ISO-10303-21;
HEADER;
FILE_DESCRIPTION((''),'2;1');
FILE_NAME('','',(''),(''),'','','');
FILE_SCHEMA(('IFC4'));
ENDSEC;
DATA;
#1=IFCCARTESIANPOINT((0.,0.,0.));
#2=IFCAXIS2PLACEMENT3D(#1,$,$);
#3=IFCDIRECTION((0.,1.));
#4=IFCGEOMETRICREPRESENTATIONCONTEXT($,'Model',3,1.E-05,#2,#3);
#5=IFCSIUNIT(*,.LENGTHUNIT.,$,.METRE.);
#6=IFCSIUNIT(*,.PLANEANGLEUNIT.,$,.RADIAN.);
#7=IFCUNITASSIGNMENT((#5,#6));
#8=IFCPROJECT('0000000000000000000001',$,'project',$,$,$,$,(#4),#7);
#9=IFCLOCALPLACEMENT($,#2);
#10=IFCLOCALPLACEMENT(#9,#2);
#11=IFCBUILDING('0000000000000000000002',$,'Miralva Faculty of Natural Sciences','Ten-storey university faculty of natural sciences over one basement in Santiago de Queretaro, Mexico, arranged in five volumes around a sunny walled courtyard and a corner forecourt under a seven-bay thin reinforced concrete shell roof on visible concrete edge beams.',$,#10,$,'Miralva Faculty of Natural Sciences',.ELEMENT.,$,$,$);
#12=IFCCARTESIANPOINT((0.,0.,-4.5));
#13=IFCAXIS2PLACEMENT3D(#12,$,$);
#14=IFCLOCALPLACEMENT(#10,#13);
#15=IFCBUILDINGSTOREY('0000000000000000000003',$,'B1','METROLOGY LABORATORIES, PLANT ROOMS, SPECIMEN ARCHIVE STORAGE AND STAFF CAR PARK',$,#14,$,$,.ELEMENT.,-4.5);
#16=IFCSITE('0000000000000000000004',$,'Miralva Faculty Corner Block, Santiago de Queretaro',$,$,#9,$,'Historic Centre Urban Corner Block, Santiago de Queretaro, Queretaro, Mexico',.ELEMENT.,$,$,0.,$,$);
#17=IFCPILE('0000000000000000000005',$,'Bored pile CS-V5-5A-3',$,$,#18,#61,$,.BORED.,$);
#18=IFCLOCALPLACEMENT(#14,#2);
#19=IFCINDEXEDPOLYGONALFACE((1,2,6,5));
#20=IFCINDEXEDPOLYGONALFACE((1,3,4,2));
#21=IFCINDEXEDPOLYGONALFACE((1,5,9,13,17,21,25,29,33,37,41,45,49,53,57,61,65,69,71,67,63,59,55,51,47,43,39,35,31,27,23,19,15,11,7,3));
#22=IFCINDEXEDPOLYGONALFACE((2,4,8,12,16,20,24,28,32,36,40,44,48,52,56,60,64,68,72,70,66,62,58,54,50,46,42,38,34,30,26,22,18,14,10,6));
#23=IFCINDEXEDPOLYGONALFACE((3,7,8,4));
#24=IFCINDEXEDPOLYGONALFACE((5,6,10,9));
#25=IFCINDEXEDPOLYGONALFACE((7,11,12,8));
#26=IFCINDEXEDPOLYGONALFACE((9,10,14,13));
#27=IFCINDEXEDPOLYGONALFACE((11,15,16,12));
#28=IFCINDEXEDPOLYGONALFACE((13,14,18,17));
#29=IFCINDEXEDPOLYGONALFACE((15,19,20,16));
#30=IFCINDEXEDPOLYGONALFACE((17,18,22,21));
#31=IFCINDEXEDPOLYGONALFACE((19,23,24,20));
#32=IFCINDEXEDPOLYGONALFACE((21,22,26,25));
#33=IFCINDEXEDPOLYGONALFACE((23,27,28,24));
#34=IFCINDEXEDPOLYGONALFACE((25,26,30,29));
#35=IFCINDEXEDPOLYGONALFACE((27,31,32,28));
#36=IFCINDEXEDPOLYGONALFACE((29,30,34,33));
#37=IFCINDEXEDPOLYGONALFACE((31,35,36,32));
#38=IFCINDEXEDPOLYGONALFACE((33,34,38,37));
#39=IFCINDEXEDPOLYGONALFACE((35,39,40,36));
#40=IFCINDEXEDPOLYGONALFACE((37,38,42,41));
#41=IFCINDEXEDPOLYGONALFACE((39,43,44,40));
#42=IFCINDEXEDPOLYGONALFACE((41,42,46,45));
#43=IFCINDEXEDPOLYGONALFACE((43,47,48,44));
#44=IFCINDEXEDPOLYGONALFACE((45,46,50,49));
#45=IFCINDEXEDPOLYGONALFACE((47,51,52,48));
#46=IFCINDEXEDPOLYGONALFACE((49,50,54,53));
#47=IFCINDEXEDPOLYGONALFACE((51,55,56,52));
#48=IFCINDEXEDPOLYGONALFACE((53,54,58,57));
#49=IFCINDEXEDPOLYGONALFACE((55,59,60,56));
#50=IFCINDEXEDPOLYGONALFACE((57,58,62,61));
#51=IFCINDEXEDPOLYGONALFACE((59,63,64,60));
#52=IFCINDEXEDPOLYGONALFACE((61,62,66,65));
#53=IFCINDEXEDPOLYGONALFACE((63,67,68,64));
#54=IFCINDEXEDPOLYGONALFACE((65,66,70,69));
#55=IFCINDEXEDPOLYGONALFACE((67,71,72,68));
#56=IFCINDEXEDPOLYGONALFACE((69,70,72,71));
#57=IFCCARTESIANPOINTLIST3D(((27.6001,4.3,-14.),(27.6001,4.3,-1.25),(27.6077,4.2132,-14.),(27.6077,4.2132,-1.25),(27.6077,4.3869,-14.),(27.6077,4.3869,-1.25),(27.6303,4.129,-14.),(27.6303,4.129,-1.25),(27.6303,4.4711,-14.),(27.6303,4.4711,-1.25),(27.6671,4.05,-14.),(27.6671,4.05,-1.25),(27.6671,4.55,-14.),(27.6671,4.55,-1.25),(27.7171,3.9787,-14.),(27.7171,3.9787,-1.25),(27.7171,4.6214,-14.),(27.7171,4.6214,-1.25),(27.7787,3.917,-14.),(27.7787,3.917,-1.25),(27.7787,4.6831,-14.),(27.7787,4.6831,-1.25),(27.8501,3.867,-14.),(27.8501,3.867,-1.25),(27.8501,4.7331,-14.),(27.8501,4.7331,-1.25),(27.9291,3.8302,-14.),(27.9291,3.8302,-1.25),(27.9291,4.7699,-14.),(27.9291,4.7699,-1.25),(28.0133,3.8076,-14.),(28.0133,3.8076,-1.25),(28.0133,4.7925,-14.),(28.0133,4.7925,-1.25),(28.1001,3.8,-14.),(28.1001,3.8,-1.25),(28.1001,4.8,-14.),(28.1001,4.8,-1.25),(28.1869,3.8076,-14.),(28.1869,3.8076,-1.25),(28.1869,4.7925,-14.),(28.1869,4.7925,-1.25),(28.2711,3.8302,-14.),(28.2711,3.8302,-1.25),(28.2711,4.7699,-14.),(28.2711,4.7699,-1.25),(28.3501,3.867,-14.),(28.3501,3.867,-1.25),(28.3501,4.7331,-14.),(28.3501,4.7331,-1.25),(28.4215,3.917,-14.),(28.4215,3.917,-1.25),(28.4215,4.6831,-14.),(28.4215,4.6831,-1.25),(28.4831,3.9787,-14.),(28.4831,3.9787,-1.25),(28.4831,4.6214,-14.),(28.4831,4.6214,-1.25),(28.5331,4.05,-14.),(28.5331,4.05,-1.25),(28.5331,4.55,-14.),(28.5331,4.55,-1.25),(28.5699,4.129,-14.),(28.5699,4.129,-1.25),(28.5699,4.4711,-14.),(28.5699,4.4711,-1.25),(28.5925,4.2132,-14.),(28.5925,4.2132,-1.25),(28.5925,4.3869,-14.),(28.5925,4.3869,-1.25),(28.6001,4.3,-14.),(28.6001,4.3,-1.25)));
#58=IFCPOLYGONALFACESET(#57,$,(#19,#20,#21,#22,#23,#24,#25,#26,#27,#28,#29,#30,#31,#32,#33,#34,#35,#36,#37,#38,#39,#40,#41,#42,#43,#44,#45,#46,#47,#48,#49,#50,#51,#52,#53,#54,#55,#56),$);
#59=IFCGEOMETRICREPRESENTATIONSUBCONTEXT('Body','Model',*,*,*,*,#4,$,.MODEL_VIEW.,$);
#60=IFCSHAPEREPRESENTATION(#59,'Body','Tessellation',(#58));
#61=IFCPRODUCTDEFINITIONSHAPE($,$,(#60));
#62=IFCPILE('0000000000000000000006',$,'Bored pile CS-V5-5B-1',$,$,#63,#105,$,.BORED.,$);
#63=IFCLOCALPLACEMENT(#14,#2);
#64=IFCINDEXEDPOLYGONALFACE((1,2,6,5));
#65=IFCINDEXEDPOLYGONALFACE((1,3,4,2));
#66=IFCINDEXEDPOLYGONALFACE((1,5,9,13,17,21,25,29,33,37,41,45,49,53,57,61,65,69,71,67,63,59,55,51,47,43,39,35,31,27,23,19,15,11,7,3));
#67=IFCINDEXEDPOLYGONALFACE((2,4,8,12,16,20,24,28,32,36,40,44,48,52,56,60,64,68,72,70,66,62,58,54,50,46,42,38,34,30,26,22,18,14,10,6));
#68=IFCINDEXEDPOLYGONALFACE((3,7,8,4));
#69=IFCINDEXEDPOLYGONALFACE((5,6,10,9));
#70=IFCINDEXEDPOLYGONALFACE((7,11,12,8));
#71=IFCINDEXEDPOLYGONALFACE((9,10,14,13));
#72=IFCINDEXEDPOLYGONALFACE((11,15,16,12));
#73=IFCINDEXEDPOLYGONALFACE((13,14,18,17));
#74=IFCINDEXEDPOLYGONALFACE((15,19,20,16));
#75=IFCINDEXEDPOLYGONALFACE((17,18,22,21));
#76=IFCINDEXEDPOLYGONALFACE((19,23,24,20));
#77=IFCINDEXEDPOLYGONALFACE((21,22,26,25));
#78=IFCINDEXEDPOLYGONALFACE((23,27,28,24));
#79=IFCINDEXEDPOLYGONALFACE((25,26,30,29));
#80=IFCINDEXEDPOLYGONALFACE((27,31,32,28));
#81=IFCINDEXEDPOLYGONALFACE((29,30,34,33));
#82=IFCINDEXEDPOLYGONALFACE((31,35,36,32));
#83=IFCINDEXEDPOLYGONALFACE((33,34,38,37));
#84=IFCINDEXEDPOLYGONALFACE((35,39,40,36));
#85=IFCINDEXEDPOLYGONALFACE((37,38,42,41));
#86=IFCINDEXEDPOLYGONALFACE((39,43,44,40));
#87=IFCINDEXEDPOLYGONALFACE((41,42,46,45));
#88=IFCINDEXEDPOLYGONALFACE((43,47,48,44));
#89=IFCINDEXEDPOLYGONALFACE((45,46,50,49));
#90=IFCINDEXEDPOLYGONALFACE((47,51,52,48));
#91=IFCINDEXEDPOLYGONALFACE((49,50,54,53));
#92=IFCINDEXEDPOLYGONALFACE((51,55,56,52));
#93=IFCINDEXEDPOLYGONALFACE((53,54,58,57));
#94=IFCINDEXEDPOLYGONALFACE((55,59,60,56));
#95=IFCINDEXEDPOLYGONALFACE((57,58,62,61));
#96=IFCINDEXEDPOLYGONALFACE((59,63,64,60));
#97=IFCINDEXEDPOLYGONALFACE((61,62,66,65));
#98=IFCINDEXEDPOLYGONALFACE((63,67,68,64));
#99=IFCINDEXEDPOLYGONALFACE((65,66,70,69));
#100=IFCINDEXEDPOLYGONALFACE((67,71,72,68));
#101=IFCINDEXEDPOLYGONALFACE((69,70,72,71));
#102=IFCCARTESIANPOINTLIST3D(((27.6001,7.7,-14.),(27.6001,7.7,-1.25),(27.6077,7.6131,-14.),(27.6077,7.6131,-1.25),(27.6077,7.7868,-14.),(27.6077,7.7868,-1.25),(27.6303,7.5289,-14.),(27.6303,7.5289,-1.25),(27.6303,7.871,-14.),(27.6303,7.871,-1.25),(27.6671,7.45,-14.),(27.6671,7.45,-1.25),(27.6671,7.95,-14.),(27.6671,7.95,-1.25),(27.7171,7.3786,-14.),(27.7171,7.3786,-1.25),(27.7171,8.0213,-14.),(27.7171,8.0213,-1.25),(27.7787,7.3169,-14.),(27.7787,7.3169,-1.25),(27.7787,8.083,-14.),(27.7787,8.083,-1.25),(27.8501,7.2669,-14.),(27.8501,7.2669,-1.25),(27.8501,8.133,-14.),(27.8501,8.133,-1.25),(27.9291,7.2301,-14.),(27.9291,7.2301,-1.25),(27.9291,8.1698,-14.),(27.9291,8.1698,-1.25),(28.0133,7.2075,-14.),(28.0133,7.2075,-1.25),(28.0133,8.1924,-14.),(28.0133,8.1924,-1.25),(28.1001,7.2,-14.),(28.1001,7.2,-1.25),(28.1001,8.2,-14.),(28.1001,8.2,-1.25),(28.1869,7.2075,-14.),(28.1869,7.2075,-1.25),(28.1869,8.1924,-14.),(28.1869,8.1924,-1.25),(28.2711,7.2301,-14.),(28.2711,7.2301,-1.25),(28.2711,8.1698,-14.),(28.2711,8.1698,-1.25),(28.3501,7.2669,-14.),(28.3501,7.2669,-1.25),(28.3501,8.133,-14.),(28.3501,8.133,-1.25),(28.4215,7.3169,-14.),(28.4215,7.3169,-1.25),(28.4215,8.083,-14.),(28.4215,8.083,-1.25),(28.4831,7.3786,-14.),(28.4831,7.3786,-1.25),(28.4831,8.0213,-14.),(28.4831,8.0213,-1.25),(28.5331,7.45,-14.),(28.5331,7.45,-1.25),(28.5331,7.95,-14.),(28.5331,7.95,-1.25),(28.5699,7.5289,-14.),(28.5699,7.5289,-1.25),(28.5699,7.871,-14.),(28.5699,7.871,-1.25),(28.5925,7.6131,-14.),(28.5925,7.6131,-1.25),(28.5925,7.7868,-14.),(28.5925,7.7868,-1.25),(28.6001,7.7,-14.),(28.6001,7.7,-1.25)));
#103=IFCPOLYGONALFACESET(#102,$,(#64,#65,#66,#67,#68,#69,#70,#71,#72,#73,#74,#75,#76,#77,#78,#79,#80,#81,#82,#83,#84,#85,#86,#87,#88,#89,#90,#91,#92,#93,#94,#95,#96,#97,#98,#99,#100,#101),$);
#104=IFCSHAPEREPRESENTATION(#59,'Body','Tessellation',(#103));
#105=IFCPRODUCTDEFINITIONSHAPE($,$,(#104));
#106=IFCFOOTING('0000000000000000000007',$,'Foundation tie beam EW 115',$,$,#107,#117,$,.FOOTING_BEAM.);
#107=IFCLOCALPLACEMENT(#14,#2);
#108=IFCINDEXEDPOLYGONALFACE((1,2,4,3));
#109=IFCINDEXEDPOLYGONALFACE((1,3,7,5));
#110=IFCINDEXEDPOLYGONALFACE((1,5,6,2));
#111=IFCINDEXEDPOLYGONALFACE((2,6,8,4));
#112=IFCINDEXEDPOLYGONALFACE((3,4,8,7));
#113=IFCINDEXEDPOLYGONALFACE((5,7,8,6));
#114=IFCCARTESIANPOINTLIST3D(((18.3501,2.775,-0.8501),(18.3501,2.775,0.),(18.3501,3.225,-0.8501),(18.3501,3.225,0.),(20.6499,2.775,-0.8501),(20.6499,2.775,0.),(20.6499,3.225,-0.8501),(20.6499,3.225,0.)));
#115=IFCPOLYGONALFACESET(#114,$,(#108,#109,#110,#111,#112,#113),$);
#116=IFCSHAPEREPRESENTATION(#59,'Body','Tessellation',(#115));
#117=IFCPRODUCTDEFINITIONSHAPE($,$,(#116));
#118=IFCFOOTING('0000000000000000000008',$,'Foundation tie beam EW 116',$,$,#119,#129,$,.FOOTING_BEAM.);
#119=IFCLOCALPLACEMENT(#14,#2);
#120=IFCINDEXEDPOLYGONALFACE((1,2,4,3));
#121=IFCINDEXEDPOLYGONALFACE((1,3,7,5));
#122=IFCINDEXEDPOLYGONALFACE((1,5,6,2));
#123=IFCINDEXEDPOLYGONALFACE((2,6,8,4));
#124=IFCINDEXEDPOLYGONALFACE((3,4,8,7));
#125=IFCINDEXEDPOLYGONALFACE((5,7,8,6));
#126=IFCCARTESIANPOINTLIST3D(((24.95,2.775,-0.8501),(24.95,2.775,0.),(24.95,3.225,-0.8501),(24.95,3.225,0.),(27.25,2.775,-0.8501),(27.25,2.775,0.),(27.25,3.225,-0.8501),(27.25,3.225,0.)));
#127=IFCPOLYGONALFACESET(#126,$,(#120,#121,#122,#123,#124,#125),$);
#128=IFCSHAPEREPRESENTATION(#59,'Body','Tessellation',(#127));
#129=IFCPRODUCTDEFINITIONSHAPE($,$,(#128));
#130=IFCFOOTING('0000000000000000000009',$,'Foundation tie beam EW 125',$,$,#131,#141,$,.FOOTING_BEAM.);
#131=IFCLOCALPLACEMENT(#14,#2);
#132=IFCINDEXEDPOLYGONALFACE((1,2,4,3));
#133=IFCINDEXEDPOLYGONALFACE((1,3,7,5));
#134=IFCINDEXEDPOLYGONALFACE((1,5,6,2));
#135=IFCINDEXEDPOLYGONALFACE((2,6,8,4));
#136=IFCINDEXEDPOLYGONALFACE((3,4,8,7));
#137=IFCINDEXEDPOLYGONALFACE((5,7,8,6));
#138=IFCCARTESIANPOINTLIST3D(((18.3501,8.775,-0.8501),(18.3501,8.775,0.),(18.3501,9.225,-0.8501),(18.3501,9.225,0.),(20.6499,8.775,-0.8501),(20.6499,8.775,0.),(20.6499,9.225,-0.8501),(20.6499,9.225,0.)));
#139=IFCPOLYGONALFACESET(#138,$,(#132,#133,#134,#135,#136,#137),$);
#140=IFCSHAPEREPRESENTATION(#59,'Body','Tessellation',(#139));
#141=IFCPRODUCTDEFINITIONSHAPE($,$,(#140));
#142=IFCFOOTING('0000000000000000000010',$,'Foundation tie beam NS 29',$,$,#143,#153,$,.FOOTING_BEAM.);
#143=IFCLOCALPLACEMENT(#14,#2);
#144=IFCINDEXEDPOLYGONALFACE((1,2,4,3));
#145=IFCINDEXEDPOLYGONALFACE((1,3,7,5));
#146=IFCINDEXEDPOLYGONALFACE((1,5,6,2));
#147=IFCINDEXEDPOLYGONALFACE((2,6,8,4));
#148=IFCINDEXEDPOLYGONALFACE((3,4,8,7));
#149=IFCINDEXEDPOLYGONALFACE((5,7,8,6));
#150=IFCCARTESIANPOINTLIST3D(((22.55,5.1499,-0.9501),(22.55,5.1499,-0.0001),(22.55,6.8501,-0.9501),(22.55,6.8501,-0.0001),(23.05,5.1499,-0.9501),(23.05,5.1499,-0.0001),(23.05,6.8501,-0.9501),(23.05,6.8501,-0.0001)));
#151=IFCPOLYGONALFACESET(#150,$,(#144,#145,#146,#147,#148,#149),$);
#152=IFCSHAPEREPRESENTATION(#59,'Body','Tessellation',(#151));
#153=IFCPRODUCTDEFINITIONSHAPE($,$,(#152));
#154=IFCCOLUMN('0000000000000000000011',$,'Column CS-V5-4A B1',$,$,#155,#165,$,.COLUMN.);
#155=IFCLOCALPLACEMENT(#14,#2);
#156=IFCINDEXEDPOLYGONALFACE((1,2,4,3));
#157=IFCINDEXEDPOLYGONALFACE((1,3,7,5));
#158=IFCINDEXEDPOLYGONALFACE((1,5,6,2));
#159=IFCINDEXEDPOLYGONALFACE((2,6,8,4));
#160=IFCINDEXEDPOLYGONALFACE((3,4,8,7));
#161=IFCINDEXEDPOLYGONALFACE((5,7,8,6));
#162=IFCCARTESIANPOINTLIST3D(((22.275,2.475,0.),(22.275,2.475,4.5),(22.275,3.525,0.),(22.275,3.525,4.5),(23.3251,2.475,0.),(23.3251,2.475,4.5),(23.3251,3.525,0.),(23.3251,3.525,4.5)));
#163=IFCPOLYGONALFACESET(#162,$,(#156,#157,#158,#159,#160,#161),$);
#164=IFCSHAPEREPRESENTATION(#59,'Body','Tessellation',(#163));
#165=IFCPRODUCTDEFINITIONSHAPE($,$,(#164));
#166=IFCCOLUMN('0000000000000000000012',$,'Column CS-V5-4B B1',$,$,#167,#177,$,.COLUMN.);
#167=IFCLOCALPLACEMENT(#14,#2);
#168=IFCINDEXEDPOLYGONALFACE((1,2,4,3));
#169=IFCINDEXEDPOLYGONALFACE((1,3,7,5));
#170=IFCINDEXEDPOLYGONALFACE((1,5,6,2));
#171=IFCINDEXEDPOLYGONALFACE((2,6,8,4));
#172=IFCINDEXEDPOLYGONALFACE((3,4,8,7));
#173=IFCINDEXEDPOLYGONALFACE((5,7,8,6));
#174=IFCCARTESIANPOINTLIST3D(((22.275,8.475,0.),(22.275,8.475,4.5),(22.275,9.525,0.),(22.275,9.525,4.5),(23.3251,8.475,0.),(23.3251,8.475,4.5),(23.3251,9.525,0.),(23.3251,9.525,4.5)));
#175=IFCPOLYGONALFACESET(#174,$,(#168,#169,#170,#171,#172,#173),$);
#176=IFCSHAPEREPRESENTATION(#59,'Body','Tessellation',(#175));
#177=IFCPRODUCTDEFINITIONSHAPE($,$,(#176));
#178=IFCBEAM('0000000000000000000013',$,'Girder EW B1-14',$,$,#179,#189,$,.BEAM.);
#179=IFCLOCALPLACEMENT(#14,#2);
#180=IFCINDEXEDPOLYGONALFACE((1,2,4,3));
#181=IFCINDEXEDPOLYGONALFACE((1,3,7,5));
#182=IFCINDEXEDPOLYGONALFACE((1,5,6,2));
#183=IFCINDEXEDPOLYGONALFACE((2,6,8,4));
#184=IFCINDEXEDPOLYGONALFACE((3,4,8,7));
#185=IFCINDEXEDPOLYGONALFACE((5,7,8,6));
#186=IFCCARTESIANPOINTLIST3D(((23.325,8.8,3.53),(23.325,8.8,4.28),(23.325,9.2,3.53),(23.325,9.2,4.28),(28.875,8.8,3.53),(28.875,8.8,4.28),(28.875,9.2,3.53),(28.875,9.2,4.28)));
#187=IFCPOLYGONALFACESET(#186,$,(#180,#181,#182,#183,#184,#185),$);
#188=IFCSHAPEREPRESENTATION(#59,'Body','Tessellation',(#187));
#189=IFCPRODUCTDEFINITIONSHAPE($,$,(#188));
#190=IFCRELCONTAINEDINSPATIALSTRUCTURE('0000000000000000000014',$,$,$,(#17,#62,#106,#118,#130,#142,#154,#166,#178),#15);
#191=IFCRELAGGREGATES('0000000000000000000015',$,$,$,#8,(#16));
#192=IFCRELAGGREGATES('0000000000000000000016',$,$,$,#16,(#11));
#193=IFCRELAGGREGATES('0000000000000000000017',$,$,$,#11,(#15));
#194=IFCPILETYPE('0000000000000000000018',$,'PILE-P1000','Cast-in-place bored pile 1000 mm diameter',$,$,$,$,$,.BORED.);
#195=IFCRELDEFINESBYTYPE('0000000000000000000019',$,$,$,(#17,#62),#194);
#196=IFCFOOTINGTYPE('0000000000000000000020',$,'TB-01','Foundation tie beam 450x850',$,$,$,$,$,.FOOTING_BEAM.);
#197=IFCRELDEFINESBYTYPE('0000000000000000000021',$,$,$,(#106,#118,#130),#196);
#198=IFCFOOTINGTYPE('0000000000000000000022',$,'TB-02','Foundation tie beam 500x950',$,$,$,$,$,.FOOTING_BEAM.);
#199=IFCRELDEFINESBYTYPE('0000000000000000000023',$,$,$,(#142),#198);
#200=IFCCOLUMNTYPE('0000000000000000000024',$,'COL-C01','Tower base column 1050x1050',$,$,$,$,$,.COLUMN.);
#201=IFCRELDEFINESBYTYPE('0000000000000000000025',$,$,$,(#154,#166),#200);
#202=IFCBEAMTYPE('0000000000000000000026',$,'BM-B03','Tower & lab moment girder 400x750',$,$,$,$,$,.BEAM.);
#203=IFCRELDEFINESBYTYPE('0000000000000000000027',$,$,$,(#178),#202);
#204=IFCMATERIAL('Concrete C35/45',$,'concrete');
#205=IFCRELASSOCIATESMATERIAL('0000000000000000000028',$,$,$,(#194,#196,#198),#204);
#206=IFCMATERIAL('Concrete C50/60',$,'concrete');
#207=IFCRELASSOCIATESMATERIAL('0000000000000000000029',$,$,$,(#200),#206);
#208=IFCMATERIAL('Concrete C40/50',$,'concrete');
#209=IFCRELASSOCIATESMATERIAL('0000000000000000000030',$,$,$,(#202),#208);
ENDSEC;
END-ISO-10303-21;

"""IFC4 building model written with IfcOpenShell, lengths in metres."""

from ifc_helpers import new_model, si_unit, direction, frame, origin, origin_2d, place, context, subcontext, project, spatial, rectangle, circle, extrude, material, material_profile, profile_set, type_object, element, save


model = new_model("IFC4")

# Units and contexts
model_context = context("Model", 3, precision=1e-05, world=origin(), true_north=direction((0.0, 1.0)))
body_context = subcontext(model_context, "Body", "Model", "MODEL_VIEW")
ifc_project = project(units=[si_unit("LENGTHUNIT", "METRE"), si_unit("PLANEANGLEUNIT", "RADIAN")], contexts=[model_context])

# Site, building, storey
site_placement = place(None, origin())
site = spatial("IfcSite", under=ifc_project, at=site_placement, Name="Miralva Faculty Corner Block, Santiago de Queretaro", LongName="Historic Centre Urban Corner Block, Santiago de Queretaro, Queretaro, Mexico", CompositionType="ELEMENT", RefElevation=0.0)
building_placement = place(site_placement, origin())
building = spatial("IfcBuilding", under=site, at=building_placement, Name="Miralva Faculty of Natural Sciences", Description="Ten-storey university faculty of natural sciences over one basement in Santiago de Queretaro, Mexico, arranged in five volumes around a sunny walled courtyard and a corner forecourt under a seven-bay thin reinforced concrete shell roof on visible concrete edge beams.", LongName="Miralva Faculty of Natural Sciences", CompositionType="ELEMENT")
storey_placement = place(building_placement, frame((0.0, 0.0, -4.5)))
storey = spatial("IfcBuildingStorey", under=building, at=storey_placement, Name="B1", Description="METROLOGY LABORATORIES, PLANT ROOMS, SPECIMEN ARCHIVE STORAGE AND STAFF CAR PARK", CompositionType="ELEMENT", Elevation=-4.5)

# Shared definitions
ifc_material_1 = material(Name="Concrete C35/45", Category="concrete")

# Piles
ifc_material_profile_1 = material_profile(ifc_material_1, circle(Radius=0.5, at=origin_2d()), Name="BORED PILE 1000")
ifc_profile_set_1 = profile_set([ifc_material_profile_1], Name="Concrete C35/45")
pile_type = type_object("IfcPileType", Name="PILE-P1000", Description="Cast-in-place bored pile 1000 mm diameter", PredefinedType="BORED", material=ifc_profile_set_1)
for number, where, z_axis, x_axis, name in (
    (1, (28.1001, 4.3, -1.25), (0.0, 0.0, -1.0), (1.0, 0.0, 0.0), "Bored pile CS-V5-5A-3"),
    (2, (28.1001, 7.7, -1.25), (0.0, 0.0, -1.0), (1.0, 0.0, 0.0), "Bored pile CS-V5-5B-1"),
):
    element("IfcPile", number, at=place(storey_placement, frame(where, z_axis=z_axis, x_axis=x_axis)), inside=storey, type_object=pile_type, Name=name, PredefinedType="BORED", context=body_context, shape_type="SweptSolid", body=[
        extrude(circle(Radius=0.5, at=origin_2d()), origin(), (0.0, 0.0, 1.0), 12.75),
    ])

# Footings
ifc_material_profile_2 = material_profile(ifc_material_1, rectangle(XDim=0.45, YDim=0.8501, at=origin_2d()), Name="RC 450x850")
ifc_profile_set_2 = profile_set([ifc_material_profile_2], Name="Concrete C35/45")
footing_type_1 = type_object("IfcFootingType", Name="TB-01", Description="Foundation tie beam 450x850", PredefinedType="FOOTING_BEAM", material=ifc_profile_set_2)
footing_1_placement = place(storey_placement, frame((18.3501, 3.0, -0.425), z_axis=(1.0, 0.0, 0.0), x_axis=(0.0, 1.0, 0.0)))
element("IfcFooting", 3, at=footing_1_placement, inside=storey, type_object=footing_type_1, Name="Foundation tie beam EW 115", PredefinedType="FOOTING_BEAM", context=body_context, shape_type="SweptSolid", body=[
    extrude(rectangle(XDim=0.45, YDim=0.8501, at=origin_2d()), origin(), (0.0, 0.0, 1.0), 2.2998),
])
footing_2_placement = place(storey_placement, frame((24.95, 3.0, -0.425), z_axis=(1.0, 0.0, 0.0), x_axis=(0.0, 1.0, 0.0)))
element("IfcFooting", 4, at=footing_2_placement, inside=storey, type_object=footing_type_1, Name="Foundation tie beam EW 116", PredefinedType="FOOTING_BEAM", context=body_context, shape_type="SweptSolid", body=[
    extrude(rectangle(XDim=0.45, YDim=0.8501, at=origin_2d()), origin(), (0.0, 0.0, 1.0), 2.3),
])
footing_3_placement = place(storey_placement, frame((18.3501, 9.0, -0.425), z_axis=(1.0, 0.0, 0.0), x_axis=(0.0, 1.0, 0.0)))
element("IfcFooting", 5, at=footing_3_placement, inside=storey, type_object=footing_type_1, Name="Foundation tie beam EW 125", PredefinedType="FOOTING_BEAM", context=body_context, shape_type="SweptSolid", body=[
    extrude(rectangle(XDim=0.45, YDim=0.8501, at=origin_2d()), origin(), (0.0, 0.0, 1.0), 2.2998),
])
ifc_material_profile_3 = material_profile(ifc_material_1, rectangle(XDim=0.5, YDim=0.95, at=origin_2d()), Name="RC 500x950")
ifc_profile_set_3 = profile_set([ifc_material_profile_3], Name="Concrete C35/45")
footing_type_2 = type_object("IfcFootingType", Name="TB-02", Description="Foundation tie beam 500x950", PredefinedType="FOOTING_BEAM", material=ifc_profile_set_3)
footing_4_placement = place(storey_placement, frame((22.8, 5.1499, -0.4751), z_axis=(0.0, 1.0, 0.0), x_axis=(-1.0, 0.0, 0.0)))
element("IfcFooting", 6, at=footing_4_placement, inside=storey, type_object=footing_type_2, Name="Foundation tie beam NS 29", PredefinedType="FOOTING_BEAM", context=body_context, shape_type="SweptSolid", body=[
    extrude(rectangle(XDim=0.5, YDim=0.95, at=origin_2d()), origin(), (0.0, 0.0, 1.0), 1.7002),
])

# Columns
ifc_material_2 = material(Name="Concrete C50/60", Category="concrete")
ifc_material_profile_4 = material_profile(ifc_material_2, rectangle(XDim=1.05, YDim=1.05, at=origin_2d()), Name="RC 1050x1050")
ifc_profile_set_4 = profile_set([ifc_material_profile_4], Name="Concrete C50/60")
column_type = type_object("IfcColumnType", Name="COL-C01", Description="Tower base column 1050x1050", PredefinedType="COLUMN", material=ifc_profile_set_4)
for number, where, z_axis, x_axis, name in (
    (7, (22.8, 3.0, 0.0), (0.0, 0.0, 1.0), (1.0, 0.0, 0.0), "Column CS-V5-4A B1"),
    (8, (22.8, 9.0, 0.0), (0.0, 0.0, 1.0), (1.0, 0.0, 0.0), "Column CS-V5-4B B1"),
):
    element("IfcColumn", number, at=place(storey_placement, frame(where, z_axis=z_axis, x_axis=x_axis)), inside=storey, type_object=column_type, Name=name, PredefinedType="COLUMN", context=body_context, shape_type="SweptSolid", body=[
        extrude(rectangle(XDim=1.05, YDim=1.05, at=origin_2d()), origin(), (0.0, 0.0, 1.0), 4.5),
    ])

# Beam
ifc_material_3 = material(Name="Concrete C40/50", Category="concrete")
ifc_material_profile_5 = material_profile(ifc_material_3, rectangle(XDim=0.3999, YDim=0.75, at=origin_2d()), Name="RC 400x750")
ifc_profile_set_5 = profile_set([ifc_material_profile_5], Name="Concrete C40/50")
beam_type_1 = type_object("IfcBeamType", Name="BM-B03", Description="Tower & lab moment girder 400x750", PredefinedType="BEAM", material=ifc_profile_set_5)
beam_1_placement = place(storey_placement, frame((23.325, 9.0, 3.905), z_axis=(1.0, 0.0, 0.0), x_axis=(0.0, 1.0, 0.0)))
element("IfcBeam", 9, at=beam_1_placement, inside=storey, type_object=beam_type_1, Name="Girder EW B1-14", PredefinedType="BEAM", context=body_context, shape_type="SweptSolid", body=[
    extrude(rectangle(XDim=0.3999, YDim=0.75, at=origin_2d()), origin(), (0.0, 0.0, 1.0), 5.55),
])

save(model, "model.ifc")
